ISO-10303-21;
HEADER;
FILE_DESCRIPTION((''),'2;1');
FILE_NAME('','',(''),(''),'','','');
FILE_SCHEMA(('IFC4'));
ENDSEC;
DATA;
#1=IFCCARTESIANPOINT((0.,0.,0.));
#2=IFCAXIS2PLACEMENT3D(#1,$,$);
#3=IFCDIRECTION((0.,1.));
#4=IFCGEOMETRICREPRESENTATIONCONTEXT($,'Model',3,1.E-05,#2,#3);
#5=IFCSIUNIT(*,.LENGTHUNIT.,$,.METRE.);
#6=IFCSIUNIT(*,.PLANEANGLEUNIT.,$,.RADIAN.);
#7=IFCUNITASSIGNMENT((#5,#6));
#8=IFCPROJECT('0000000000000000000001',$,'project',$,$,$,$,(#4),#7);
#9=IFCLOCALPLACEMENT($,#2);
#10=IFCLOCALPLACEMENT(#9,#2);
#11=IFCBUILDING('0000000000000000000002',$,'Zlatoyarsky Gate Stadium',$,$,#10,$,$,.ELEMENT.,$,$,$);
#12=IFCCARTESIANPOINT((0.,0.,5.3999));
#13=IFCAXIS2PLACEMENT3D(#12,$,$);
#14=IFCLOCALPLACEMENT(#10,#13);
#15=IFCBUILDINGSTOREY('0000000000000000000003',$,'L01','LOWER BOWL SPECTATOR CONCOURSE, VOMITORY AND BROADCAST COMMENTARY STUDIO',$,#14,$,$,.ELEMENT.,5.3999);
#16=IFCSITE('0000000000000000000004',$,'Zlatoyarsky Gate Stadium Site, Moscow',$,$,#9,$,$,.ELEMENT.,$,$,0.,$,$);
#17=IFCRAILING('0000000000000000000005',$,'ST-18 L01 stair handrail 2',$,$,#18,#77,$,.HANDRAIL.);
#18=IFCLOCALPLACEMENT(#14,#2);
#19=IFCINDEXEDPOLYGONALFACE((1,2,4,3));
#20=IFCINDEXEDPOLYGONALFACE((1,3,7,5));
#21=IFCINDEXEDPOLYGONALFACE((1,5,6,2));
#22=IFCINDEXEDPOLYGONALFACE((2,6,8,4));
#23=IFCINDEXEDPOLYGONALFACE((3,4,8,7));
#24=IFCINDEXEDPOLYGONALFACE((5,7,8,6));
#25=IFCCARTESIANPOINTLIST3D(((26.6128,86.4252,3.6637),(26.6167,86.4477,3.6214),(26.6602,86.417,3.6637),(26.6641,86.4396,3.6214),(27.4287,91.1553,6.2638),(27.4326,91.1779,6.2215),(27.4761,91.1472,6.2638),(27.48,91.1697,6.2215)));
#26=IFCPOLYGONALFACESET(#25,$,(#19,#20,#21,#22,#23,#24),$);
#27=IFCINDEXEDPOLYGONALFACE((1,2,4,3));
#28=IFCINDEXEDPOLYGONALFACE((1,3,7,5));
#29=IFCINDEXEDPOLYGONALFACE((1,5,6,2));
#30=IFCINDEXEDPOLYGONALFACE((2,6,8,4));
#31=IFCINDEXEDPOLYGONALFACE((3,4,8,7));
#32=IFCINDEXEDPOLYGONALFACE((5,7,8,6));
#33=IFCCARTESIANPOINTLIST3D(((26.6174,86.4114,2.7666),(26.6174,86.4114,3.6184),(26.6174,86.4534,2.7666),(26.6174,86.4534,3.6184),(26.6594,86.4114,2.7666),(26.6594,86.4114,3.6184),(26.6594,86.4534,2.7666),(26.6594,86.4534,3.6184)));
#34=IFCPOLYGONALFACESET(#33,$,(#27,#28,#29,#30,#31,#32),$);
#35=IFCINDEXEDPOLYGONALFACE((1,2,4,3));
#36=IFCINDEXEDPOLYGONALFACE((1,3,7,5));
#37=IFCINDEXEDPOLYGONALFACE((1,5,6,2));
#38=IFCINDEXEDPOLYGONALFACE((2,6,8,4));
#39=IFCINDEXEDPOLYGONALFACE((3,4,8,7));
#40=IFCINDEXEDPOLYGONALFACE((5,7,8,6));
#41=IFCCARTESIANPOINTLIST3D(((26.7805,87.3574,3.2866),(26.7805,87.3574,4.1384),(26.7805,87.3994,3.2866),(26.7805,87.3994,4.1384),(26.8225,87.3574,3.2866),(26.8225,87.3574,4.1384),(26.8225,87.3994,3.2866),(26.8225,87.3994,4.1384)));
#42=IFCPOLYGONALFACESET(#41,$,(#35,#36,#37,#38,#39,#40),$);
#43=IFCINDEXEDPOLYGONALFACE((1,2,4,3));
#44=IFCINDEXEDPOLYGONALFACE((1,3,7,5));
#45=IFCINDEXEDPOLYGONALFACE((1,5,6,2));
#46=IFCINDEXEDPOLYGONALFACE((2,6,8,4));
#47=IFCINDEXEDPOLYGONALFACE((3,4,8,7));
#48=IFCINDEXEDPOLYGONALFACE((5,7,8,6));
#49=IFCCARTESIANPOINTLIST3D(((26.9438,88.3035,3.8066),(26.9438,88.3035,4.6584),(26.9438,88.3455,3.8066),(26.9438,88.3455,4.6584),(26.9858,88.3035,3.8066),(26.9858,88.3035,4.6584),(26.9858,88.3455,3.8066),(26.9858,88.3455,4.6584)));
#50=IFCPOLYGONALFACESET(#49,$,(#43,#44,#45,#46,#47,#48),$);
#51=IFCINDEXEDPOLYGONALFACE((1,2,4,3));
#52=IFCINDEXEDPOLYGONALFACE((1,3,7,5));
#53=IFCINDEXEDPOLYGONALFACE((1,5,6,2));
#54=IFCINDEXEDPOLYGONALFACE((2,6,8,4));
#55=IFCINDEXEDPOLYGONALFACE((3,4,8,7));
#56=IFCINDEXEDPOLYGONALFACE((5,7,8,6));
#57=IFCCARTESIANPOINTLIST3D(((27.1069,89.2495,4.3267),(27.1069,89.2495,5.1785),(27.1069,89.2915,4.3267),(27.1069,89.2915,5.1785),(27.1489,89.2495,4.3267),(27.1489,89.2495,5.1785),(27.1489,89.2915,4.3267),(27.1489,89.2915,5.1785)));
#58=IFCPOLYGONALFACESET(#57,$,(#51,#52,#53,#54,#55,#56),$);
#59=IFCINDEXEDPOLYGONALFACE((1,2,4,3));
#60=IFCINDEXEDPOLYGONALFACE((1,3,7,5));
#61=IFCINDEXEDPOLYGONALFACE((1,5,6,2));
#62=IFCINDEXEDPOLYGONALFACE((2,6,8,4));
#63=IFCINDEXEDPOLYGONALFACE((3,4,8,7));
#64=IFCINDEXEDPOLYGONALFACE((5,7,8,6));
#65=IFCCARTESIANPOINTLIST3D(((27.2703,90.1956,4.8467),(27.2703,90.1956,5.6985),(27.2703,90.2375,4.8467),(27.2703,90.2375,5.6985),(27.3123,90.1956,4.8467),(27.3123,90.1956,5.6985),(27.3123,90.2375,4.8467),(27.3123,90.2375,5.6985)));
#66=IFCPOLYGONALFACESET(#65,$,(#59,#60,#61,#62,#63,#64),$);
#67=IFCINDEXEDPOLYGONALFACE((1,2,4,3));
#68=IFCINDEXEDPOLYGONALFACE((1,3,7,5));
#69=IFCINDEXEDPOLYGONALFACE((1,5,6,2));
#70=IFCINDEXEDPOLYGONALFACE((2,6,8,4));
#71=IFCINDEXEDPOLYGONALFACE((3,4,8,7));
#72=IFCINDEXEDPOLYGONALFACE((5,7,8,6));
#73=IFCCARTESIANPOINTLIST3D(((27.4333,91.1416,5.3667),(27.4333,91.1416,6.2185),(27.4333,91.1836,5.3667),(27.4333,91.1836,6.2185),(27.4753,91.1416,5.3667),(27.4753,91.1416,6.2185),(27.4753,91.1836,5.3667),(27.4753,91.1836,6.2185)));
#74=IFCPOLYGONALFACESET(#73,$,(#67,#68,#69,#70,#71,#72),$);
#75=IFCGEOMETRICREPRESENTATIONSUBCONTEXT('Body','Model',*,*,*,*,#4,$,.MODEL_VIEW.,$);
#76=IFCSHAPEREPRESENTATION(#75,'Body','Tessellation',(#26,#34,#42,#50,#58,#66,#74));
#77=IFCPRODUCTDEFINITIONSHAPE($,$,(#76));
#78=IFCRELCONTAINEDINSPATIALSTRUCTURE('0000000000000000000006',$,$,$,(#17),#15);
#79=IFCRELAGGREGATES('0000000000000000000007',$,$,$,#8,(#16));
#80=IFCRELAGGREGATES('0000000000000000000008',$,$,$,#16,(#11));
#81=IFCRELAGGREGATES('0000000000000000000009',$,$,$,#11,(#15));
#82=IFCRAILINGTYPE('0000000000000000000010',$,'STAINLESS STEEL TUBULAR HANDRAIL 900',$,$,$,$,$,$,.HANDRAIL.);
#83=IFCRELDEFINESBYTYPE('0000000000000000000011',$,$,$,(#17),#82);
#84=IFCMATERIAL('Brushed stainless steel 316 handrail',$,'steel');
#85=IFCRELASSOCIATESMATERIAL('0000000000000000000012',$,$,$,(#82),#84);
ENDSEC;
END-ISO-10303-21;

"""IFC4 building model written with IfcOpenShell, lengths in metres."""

from ifc_helpers import new_model, si_unit, direction, frame, origin, origin_2d, place, context, subcontext, project, spatial, rectangle, extrude, material, type_object, element, save


model = new_model("IFC4")

# Units and contexts
model_context = context("Model", 3, precision=1e-05, world=origin(), true_north=direction((0.0, 1.0)))
body_context = subcontext(model_context, "Body", "Model", "MODEL_VIEW")
ifc_project = project(units=[si_unit("LENGTHUNIT", "METRE"), si_unit("PLANEANGLEUNIT", "RADIAN")], contexts=[model_context])

# Site, building, storey
site_placement = place(None, origin())
site = spatial("IfcSite", under=ifc_project, at=site_placement, Name="Zlatoyarsky Gate Stadium Site, Moscow", CompositionType="ELEMENT", RefElevation=0.0)
building_placement = place(site_placement, origin())
building = spatial("IfcBuilding", under=site, at=building_placement, Name="Zlatoyarsky Gate Stadium", CompositionType="ELEMENT")
storey_placement = place(building_placement, frame((0.0, 0.0, 5.3999)))
storey = spatial("IfcBuildingStorey", under=building, at=storey_placement, Name="L01", Description="LOWER BOWL SPECTATOR CONCOURSE, VOMITORY AND BROADCAST COMMENTARY STUDIO", CompositionType="ELEMENT", Elevation=5.3999)

# Railing
ifc_material_1 = material(Name="Brushed stainless steel 316 handrail", Category="steel")
railing_type_1 = type_object("IfcRailingType", Name="STAINLESS STEEL TUBULAR HANDRAIL 900", PredefinedType="HANDRAIL", material=ifc_material_1)
railing_1_placement = place(storey_placement, frame((26.6384, 86.4324, 2.7666)))
element("IfcRailing", 1, at=railing_1_placement, inside=storey, type_object=railing_type_1, Name="ST-18 L01 stair handrail 2", PredefinedType="HANDRAIL", context=body_context, shape_type="SweptSolid", body=[
    extrude(rectangle(XDim=0.0481, YDim=0.0481, at=origin_2d()), frame((0.0, 0.0, 0.876), z_axis=(0.149461, 0.866492, 0.476291), x_axis=(-0.985447, 0.16998, 0.0)), (0.0, 0.0, 1.0), 5.459),
    extrude(rectangle(XDim=0.042, YDim=0.042, at=origin_2d()), origin(), (0.0, 0.0, 1.0), 0.8518),
    extrude(rectangle(XDim=0.042, YDim=0.042, at=origin_2d()), frame((0.1631, 0.946, 0.52)), (0.0, 0.0, 1.0), 0.8518),
    extrude(rectangle(XDim=0.042, YDim=0.042, at=origin_2d()), frame((0.3264, 1.8921, 1.04)), (0.0, 0.0, 1.0), 0.8518),
    extrude(rectangle(XDim=0.042, YDim=0.042, at=origin_2d()), frame((0.4895, 2.8381, 1.5601)), (0.0, 0.0, 1.0), 0.8518),
    extrude(rectangle(XDim=0.042, YDim=0.042, at=origin_2d()), frame((0.6528, 3.7842, 2.0801)), (0.0, 0.0, 1.0), 0.8518),
    extrude(rectangle(XDim=0.042, YDim=0.042, at=origin_2d()), frame((0.8159, 4.7302, 2.6001)), (0.0, 0.0, 1.0), 0.8518),
])

save(model, "model.ifc")
